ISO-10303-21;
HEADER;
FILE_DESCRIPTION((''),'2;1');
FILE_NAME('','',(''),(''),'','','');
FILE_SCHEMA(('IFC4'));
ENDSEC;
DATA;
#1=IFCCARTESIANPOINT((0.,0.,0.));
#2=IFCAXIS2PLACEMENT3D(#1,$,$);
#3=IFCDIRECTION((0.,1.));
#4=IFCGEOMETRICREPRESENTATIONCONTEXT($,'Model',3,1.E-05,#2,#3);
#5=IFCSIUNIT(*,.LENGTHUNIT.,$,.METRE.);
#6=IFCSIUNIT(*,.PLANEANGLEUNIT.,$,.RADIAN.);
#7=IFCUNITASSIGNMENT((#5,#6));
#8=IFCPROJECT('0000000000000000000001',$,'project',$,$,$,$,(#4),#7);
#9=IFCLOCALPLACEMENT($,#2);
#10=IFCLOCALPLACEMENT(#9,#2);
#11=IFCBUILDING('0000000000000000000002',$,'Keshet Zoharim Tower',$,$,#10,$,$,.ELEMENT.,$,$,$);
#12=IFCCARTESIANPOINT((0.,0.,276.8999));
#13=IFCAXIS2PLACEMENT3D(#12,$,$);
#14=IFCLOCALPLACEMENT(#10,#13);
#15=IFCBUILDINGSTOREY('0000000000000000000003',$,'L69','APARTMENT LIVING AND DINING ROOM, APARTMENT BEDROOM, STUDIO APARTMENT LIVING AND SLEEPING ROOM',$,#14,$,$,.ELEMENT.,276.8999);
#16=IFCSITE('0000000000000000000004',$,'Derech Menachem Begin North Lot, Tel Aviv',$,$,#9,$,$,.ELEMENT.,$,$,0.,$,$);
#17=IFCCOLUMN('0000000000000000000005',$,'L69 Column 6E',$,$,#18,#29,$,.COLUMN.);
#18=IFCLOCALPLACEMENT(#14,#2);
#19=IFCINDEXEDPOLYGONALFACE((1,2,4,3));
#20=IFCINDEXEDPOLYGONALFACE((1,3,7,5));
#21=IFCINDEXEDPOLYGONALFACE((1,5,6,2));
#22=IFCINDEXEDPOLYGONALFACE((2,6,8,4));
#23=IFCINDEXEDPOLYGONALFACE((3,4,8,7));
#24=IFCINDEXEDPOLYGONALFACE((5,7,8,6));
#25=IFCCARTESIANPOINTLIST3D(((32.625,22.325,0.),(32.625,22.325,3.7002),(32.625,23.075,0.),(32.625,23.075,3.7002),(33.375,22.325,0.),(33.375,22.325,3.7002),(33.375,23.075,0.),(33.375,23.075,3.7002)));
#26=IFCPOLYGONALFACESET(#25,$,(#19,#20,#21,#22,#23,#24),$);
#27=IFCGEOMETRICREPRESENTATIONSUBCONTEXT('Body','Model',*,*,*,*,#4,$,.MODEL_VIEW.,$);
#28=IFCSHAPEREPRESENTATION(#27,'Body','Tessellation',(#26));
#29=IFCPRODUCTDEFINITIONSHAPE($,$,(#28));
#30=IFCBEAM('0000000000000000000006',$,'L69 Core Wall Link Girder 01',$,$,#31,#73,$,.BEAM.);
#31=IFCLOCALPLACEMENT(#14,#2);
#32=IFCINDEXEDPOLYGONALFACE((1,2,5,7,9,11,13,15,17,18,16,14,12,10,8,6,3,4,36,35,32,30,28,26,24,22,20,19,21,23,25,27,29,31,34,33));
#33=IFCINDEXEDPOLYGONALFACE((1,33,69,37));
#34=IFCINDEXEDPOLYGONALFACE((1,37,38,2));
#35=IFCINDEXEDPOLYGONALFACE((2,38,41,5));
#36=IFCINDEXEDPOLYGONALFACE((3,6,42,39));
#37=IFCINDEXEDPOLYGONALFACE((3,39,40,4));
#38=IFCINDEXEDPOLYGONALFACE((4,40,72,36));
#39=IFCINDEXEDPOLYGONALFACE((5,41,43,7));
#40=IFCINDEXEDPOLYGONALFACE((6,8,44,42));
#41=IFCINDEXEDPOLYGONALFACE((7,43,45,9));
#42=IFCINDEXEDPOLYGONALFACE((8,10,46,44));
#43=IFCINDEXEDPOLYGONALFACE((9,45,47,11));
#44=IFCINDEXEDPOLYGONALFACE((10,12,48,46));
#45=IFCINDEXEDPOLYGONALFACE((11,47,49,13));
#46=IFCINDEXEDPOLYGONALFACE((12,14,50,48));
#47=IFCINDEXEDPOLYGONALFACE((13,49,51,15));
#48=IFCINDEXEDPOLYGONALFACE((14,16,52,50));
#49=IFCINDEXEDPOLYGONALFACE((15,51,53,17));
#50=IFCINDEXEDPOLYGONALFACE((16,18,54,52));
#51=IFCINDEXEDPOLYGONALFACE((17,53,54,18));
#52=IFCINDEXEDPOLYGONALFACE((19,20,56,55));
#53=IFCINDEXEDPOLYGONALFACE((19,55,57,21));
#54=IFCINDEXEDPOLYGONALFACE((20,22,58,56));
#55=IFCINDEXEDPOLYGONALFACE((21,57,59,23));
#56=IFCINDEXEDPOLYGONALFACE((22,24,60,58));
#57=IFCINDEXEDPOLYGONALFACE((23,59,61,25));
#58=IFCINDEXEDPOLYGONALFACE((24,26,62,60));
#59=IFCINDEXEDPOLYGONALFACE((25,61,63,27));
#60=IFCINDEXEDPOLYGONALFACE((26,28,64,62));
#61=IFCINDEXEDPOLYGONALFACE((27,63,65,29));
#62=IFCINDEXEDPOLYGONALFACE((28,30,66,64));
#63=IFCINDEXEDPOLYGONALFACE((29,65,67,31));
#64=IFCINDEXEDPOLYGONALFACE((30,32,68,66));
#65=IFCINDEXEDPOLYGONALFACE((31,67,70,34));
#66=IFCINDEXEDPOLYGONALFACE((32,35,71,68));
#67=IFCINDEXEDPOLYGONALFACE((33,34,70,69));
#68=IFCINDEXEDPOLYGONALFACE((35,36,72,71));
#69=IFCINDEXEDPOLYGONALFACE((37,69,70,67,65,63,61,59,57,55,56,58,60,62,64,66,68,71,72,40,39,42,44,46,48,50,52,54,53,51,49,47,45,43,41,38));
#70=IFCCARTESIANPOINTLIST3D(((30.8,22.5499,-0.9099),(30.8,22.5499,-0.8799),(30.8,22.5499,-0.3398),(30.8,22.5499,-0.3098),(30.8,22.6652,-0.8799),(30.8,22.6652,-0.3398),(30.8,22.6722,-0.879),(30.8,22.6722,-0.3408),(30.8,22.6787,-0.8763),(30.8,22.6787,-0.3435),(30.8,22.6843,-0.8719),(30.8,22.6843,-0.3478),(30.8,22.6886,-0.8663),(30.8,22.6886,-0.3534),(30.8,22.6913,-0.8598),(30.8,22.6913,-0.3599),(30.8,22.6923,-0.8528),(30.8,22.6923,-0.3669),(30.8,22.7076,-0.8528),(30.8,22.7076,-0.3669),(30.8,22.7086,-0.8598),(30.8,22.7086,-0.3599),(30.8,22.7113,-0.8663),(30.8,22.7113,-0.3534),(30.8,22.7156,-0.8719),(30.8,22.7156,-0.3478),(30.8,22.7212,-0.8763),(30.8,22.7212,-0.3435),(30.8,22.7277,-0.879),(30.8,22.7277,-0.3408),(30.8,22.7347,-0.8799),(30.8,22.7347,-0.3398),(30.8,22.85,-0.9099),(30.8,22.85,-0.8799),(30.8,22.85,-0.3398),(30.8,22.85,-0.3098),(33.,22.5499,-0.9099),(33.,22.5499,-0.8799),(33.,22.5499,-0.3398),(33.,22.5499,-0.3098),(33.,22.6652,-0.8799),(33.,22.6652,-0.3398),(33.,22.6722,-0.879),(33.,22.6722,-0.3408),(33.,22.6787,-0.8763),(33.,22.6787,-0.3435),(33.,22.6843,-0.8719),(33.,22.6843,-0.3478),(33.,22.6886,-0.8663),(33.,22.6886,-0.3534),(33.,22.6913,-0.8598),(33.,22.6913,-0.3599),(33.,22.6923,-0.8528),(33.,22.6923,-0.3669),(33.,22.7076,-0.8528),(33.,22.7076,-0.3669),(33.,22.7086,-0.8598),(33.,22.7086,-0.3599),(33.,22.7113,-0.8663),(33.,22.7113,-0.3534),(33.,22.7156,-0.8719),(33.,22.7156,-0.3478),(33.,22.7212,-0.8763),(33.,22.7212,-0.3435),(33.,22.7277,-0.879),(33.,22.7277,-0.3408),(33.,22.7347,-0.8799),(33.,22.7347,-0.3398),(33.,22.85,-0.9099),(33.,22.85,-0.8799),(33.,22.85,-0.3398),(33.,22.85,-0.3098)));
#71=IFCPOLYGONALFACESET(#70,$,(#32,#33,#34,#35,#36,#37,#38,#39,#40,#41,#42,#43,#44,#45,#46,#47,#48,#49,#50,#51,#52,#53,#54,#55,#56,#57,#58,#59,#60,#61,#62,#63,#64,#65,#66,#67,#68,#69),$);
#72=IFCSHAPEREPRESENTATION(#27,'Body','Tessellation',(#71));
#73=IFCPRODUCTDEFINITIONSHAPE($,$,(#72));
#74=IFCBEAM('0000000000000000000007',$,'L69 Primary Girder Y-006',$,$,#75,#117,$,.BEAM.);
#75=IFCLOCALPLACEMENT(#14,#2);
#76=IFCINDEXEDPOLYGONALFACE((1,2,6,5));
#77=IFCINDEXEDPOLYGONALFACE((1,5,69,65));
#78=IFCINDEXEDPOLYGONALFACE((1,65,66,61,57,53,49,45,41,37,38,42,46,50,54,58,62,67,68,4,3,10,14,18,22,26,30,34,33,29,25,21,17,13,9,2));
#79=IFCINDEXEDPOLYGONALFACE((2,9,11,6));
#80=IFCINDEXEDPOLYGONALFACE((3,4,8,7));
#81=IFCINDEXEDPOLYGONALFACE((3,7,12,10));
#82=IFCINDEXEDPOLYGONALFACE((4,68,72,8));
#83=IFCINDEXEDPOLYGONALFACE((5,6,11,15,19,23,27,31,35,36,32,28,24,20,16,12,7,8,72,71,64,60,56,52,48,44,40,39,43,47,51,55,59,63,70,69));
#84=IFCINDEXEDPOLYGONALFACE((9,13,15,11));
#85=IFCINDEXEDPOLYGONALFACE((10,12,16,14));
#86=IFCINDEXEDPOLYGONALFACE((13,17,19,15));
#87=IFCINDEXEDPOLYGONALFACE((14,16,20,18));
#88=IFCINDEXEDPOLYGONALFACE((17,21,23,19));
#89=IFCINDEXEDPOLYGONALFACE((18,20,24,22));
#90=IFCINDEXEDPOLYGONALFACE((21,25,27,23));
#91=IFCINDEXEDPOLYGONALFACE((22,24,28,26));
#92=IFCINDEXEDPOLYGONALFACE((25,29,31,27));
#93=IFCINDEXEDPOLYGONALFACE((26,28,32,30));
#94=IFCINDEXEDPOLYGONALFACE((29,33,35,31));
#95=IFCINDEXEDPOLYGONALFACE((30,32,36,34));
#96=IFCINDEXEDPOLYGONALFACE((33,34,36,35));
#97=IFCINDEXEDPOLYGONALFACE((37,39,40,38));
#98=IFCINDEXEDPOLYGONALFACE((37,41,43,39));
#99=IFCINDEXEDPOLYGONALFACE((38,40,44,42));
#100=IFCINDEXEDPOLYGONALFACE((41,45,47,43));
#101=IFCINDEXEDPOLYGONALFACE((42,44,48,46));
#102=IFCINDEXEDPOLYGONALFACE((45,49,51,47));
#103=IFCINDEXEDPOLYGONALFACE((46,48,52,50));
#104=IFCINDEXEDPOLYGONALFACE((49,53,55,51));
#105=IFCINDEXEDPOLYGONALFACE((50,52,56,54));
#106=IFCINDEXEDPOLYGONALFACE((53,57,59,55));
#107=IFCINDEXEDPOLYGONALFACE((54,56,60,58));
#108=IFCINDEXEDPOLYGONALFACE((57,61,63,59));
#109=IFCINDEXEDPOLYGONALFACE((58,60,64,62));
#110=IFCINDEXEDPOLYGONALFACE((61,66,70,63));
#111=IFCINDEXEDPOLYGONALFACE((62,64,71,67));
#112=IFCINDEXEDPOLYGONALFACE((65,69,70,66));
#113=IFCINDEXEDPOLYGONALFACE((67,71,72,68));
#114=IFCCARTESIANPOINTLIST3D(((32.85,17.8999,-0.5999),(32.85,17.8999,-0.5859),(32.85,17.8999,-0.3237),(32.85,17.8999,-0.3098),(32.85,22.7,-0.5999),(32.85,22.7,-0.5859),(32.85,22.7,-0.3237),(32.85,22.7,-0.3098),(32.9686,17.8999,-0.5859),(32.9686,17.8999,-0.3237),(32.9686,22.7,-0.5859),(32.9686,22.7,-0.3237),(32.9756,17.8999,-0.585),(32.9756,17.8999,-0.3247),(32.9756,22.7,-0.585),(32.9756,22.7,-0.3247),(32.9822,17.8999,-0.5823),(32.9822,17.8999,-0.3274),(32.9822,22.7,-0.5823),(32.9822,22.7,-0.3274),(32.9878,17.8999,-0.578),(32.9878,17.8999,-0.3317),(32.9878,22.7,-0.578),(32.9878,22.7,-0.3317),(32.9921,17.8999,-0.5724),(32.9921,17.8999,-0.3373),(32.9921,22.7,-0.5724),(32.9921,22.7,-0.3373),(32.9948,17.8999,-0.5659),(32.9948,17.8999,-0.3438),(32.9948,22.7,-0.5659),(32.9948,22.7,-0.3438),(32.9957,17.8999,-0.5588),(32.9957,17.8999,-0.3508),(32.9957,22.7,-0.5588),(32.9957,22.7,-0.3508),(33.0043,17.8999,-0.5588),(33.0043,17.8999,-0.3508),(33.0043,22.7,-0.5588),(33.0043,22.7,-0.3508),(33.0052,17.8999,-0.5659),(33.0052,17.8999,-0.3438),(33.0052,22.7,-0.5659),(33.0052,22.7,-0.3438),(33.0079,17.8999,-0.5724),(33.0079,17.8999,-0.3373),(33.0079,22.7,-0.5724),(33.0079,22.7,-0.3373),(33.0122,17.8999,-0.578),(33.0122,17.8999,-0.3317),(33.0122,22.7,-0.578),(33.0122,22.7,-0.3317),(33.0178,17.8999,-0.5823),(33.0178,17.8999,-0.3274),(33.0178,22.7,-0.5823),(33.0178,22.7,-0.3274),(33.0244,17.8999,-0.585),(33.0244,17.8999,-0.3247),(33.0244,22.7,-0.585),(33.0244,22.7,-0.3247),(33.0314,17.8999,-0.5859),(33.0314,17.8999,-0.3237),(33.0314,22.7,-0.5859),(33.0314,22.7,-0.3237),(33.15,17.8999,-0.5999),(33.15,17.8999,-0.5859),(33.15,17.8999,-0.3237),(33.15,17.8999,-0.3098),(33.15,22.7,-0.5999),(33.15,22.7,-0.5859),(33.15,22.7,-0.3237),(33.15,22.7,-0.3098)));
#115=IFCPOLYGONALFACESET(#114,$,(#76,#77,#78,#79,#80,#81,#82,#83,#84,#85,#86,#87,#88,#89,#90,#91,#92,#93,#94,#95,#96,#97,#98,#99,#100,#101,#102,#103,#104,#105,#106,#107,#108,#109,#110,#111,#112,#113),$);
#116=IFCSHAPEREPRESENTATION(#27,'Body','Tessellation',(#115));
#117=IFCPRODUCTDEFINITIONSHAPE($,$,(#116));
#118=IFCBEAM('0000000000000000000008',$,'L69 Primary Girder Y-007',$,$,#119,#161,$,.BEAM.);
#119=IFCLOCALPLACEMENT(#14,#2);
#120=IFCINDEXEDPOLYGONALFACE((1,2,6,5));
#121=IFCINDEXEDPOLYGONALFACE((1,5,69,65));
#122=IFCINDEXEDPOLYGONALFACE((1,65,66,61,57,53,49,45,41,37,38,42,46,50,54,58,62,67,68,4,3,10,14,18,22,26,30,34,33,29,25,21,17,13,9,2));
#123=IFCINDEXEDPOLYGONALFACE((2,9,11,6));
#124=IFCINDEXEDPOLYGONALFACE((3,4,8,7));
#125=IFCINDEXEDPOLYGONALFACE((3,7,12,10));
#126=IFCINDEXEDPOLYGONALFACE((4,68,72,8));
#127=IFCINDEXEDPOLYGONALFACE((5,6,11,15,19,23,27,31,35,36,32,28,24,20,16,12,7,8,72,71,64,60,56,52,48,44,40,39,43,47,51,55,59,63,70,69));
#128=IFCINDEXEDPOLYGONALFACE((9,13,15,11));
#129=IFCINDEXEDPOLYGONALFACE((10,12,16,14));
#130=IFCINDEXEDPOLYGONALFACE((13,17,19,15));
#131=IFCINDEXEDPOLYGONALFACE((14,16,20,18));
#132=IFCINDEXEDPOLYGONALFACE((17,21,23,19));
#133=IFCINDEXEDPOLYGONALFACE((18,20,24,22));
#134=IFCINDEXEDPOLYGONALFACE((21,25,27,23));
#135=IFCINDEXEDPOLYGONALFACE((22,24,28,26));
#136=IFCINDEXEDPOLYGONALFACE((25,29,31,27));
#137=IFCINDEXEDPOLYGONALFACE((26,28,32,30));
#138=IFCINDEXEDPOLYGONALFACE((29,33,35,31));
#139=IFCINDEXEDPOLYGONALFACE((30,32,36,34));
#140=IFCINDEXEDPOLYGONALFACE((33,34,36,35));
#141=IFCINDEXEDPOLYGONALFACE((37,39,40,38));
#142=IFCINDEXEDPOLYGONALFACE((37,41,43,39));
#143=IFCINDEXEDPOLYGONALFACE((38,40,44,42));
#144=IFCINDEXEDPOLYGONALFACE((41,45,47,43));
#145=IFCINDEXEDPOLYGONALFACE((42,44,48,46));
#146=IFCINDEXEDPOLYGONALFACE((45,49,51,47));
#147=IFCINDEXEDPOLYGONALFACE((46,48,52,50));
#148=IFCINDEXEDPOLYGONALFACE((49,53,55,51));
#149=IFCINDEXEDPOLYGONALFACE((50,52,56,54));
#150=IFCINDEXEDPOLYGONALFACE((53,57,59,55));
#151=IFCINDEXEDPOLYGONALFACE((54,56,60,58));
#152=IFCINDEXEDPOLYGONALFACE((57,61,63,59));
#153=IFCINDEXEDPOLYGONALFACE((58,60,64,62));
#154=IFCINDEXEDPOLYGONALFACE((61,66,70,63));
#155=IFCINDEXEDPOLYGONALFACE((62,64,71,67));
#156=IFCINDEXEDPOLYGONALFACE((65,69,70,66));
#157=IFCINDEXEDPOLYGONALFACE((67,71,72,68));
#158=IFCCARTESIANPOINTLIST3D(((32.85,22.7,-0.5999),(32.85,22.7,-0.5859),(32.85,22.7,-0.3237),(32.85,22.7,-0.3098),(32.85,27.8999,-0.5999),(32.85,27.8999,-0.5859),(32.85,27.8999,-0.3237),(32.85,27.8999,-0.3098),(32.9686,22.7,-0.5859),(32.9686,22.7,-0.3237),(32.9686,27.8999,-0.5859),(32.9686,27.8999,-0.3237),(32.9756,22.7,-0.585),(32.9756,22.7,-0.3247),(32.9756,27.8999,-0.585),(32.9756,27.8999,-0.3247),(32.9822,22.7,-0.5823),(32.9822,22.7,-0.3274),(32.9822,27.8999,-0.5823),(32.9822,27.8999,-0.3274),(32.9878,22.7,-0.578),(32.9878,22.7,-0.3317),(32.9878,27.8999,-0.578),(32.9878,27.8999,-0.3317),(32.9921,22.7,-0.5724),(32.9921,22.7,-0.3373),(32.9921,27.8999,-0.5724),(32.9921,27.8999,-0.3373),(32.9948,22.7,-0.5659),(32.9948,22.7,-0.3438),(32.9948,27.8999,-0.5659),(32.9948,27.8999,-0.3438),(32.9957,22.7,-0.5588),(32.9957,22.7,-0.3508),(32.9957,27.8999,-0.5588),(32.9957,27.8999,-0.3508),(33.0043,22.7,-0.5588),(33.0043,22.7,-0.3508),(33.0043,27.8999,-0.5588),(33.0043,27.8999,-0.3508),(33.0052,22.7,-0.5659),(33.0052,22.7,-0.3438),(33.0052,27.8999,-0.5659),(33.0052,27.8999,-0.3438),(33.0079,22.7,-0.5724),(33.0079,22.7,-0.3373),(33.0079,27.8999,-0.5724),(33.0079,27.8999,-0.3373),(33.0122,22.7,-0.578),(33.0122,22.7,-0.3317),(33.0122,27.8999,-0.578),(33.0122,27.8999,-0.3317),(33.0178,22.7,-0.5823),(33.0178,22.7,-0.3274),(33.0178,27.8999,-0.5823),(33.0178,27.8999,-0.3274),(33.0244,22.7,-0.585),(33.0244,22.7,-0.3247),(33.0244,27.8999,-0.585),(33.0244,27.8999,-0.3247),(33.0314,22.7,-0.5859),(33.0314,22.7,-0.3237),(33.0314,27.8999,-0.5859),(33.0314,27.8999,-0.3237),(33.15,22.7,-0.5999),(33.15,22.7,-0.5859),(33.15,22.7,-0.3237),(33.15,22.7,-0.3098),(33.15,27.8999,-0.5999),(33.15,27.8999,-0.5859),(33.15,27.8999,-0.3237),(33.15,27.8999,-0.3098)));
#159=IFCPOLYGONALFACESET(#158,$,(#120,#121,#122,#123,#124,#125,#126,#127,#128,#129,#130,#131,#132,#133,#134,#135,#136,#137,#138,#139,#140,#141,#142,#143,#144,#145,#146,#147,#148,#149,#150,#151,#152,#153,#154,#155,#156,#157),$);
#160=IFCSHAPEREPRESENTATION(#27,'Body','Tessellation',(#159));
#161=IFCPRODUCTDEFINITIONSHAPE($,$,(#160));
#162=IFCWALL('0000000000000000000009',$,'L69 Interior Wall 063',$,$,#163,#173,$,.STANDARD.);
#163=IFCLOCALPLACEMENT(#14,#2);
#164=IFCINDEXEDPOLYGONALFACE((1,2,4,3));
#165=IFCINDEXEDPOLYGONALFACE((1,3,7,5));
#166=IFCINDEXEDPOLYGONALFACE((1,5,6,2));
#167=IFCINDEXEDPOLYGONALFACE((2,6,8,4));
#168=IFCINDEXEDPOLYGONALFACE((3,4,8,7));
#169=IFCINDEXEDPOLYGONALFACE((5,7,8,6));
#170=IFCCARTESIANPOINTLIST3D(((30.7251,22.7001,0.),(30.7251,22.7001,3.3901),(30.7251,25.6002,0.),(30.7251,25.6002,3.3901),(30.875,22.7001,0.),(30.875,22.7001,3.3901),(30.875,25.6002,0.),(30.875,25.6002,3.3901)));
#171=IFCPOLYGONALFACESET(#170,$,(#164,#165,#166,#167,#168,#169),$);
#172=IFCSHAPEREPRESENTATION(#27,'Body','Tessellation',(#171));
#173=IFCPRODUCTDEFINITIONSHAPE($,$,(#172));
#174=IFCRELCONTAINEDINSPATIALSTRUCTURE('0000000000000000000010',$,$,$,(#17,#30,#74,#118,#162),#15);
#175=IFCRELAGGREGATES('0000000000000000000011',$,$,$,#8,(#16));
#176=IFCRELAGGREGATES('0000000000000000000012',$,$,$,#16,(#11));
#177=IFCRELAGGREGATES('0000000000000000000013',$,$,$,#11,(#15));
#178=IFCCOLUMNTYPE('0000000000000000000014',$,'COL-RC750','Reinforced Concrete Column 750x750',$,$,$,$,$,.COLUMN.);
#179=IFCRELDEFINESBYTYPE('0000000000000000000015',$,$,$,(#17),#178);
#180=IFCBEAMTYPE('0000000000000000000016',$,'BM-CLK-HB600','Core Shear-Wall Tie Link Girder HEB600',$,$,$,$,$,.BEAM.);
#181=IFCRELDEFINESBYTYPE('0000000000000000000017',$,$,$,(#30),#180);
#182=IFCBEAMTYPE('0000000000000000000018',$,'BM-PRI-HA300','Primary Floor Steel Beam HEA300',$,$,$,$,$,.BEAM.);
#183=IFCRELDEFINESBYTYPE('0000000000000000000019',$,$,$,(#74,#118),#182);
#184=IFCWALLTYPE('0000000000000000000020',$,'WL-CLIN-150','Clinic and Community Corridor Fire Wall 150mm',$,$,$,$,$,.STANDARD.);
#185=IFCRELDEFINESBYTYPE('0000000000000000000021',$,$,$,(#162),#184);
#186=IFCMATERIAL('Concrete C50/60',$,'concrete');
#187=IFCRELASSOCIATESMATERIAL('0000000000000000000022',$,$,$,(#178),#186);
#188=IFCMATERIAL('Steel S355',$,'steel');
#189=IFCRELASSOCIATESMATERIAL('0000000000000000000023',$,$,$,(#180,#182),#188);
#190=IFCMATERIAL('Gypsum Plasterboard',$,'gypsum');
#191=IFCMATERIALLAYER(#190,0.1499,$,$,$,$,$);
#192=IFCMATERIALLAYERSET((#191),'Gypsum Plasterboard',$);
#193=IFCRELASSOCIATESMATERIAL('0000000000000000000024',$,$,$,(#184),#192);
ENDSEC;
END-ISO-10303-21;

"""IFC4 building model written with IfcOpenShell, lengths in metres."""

from ifc_helpers import new_model, si_unit, direction, frame, frame_2d, origin, origin_2d, place, context, subcontext, project, spatial, rectangle, i_section, extrude, material, layer, layer_set, material_profile, profile_set, type_object, element, save


model = new_model("IFC4")

# Units and contexts
model_context = context("Model", 3, precision=1e-05, world=origin(), true_north=direction((0.0, 1.0)))
body_context = subcontext(model_context, "Body", "Model", "MODEL_VIEW")
ifc_project = project(units=[si_unit("LENGTHUNIT", "METRE"), si_unit("PLANEANGLEUNIT", "RADIAN")], contexts=[model_context])

# Site, building, storey
site_placement = place(None, origin())
site = spatial("IfcSite", under=ifc_project, at=site_placement, Name="Derech Menachem Begin North Lot, Tel Aviv", CompositionType="ELEMENT", RefElevation=0.0)
building_placement = place(site_placement, origin())
building = spatial("IfcBuilding", under=site, at=building_placement, Name="Keshet Zoharim Tower", CompositionType="ELEMENT")
storey_placement = place(building_placement, frame((0.0, 0.0, 276.8999)))
storey = spatial("IfcBuildingStorey", under=building, at=storey_placement, Name="L69", Description="APARTMENT LIVING AND DINING ROOM, APARTMENT BEDROOM, STUDIO APARTMENT LIVING AND SLEEPING ROOM", CompositionType="ELEMENT", Elevation=276.8999)

# Column
ifc_material_1 = material(Name="Concrete C50/60", Category="concrete")
ifc_material_profile_1 = material_profile(ifc_material_1, rectangle(XDim=0.75, YDim=0.75, at=origin_2d()), Name="RC750x750")
ifc_profile_set_1 = profile_set([ifc_material_profile_1], Name="Concrete C50/60")
column_type = type_object("IfcColumnType", Name="COL-RC750", Description="Reinforced Concrete Column 750x750", PredefinedType="COLUMN", material=ifc_profile_set_1)
column_placement = place(storey_placement, frame((33.0, 22.7, 0.0), z_axis=(0.0, 0.0, 1.0), x_axis=(1.0, 0.0, 0.0)))
element("IfcColumn", 1, at=column_placement, inside=storey, type_object=column_type, Name="L69 Column 6E", PredefinedType="COLUMN", context=body_context, shape_type="SweptSolid", body=[
    extrude(rectangle(XDim=0.75, YDim=0.75, at=origin_2d()), origin(), (0.0, 0.0, 1.0), 3.7002),
])

# Beams
ifc_material_2 = material(Name="Steel S355", Category="steel")
ifc_material_profile_2 = material_profile(ifc_material_2, i_section(OverallWidth=0.3, OverallDepth=0.6001, WebThickness=0.0154, FlangeThickness=0.03, FilletRadius=0.0271, at=origin_2d()), Name="HEB600")
ifc_profile_set_2 = profile_set([ifc_material_profile_2], Name="Steel S355")
beam_type_1 = type_object("IfcBeamType", Name="BM-CLK-HB600", Description="Core Shear-Wall Tie Link Girder HEB600", PredefinedType="BEAM", material=ifc_profile_set_2)
beam_1_placement = place(storey_placement, frame((30.8, 22.7, -0.6099), z_axis=(1.0, 0.0, 0.0), x_axis=(0.0, 1.0, 0.0)))
element("IfcBeam", 2, at=beam_1_placement, inside=storey, type_object=beam_type_1, Name="L69 Core Wall Link Girder 01", PredefinedType="BEAM", context=body_context, shape_type="SweptSolid", body=[
    extrude(i_section(OverallWidth=0.3, OverallDepth=0.6001, WebThickness=0.0154, FlangeThickness=0.03, FilletRadius=0.0271, at=origin_2d()), origin(), (0.0, 0.0, 1.0), 2.2),
])
ifc_material_profile_3 = material_profile(ifc_material_2, i_section(OverallWidth=0.3, OverallDepth=0.29, WebThickness=0.0085, FlangeThickness=0.0139, FilletRadius=0.0271, at=origin_2d()), Name="HEA300")
ifc_profile_set_3 = profile_set([ifc_material_profile_3], Name="Steel S355")
beam_type_2 = type_object("IfcBeamType", Name="BM-PRI-HA300", Description="Primary Floor Steel Beam HEA300", PredefinedType="BEAM", material=ifc_profile_set_3)
beam_2_placement = place(storey_placement, frame((33.0, 17.8999, -0.4548), z_axis=(0.0, 1.0, 0.0), x_axis=(-1.0, 0.0, 0.0)))
element("IfcBeam", 3, at=beam_2_placement, inside=storey, type_object=beam_type_2, Name="L69 Primary Girder Y-006", PredefinedType="BEAM", context=body_context, shape_type="SweptSolid", body=[
    extrude(i_section(OverallWidth=0.3, OverallDepth=0.29, WebThickness=0.0085, FlangeThickness=0.0139, FilletRadius=0.0271, at=origin_2d()), origin(), (0.0, 0.0, 1.0), 4.8),
])
beam_3_placement = place(storey_placement, frame((33.0, 22.7, -0.4548), z_axis=(0.0, 1.0, 0.0), x_axis=(-1.0, 0.0, 0.0)))
element("IfcBeam", 4, at=beam_3_placement, inside=storey, type_object=beam_type_2, Name="L69 Primary Girder Y-007", PredefinedType="BEAM", context=body_context, shape_type="SweptSolid", body=[
    extrude(i_section(OverallWidth=0.3, OverallDepth=0.29, WebThickness=0.0085, FlangeThickness=0.0139, FilletRadius=0.0271, at=origin_2d()), origin(), (0.0, 0.0, 1.0), 5.2),
])

# Wall
ifc_material_3 = material(Name="Gypsum Plasterboard", Category="gypsum")
ifc_layer_1 = layer(ifc_material_3, 0.1499)
ifc_layer_set_1 = layer_set([ifc_layer_1], Name="Gypsum Plasterboard")
wall_type_1 = type_object("IfcWallType", Name="WL-CLIN-150", Description="Clinic and Community Corridor Fire Wall 150mm", PredefinedType="STANDARD", material=ifc_layer_set_1)
wall_1_placement = place(storey_placement, frame((30.8, 22.7, 0.0), z_axis=(0.0, 0.0, 1.0), x_axis=(0.0, 1.0, 0.0)))
element("IfcWall", 5, at=wall_1_placement, inside=storey, type_object=wall_type_1, Name="L69 Interior Wall 063", PredefinedType="STANDARD", context=body_context, shape_type="SweptSolid", body=[
    extrude(rectangle(XDim=2.9001, YDim=0.1499, at=frame_2d((1.4502, 0.0))), origin(), (0.0, 0.0, 1.0), 3.3901),
])

save(model, "model.ifc")
